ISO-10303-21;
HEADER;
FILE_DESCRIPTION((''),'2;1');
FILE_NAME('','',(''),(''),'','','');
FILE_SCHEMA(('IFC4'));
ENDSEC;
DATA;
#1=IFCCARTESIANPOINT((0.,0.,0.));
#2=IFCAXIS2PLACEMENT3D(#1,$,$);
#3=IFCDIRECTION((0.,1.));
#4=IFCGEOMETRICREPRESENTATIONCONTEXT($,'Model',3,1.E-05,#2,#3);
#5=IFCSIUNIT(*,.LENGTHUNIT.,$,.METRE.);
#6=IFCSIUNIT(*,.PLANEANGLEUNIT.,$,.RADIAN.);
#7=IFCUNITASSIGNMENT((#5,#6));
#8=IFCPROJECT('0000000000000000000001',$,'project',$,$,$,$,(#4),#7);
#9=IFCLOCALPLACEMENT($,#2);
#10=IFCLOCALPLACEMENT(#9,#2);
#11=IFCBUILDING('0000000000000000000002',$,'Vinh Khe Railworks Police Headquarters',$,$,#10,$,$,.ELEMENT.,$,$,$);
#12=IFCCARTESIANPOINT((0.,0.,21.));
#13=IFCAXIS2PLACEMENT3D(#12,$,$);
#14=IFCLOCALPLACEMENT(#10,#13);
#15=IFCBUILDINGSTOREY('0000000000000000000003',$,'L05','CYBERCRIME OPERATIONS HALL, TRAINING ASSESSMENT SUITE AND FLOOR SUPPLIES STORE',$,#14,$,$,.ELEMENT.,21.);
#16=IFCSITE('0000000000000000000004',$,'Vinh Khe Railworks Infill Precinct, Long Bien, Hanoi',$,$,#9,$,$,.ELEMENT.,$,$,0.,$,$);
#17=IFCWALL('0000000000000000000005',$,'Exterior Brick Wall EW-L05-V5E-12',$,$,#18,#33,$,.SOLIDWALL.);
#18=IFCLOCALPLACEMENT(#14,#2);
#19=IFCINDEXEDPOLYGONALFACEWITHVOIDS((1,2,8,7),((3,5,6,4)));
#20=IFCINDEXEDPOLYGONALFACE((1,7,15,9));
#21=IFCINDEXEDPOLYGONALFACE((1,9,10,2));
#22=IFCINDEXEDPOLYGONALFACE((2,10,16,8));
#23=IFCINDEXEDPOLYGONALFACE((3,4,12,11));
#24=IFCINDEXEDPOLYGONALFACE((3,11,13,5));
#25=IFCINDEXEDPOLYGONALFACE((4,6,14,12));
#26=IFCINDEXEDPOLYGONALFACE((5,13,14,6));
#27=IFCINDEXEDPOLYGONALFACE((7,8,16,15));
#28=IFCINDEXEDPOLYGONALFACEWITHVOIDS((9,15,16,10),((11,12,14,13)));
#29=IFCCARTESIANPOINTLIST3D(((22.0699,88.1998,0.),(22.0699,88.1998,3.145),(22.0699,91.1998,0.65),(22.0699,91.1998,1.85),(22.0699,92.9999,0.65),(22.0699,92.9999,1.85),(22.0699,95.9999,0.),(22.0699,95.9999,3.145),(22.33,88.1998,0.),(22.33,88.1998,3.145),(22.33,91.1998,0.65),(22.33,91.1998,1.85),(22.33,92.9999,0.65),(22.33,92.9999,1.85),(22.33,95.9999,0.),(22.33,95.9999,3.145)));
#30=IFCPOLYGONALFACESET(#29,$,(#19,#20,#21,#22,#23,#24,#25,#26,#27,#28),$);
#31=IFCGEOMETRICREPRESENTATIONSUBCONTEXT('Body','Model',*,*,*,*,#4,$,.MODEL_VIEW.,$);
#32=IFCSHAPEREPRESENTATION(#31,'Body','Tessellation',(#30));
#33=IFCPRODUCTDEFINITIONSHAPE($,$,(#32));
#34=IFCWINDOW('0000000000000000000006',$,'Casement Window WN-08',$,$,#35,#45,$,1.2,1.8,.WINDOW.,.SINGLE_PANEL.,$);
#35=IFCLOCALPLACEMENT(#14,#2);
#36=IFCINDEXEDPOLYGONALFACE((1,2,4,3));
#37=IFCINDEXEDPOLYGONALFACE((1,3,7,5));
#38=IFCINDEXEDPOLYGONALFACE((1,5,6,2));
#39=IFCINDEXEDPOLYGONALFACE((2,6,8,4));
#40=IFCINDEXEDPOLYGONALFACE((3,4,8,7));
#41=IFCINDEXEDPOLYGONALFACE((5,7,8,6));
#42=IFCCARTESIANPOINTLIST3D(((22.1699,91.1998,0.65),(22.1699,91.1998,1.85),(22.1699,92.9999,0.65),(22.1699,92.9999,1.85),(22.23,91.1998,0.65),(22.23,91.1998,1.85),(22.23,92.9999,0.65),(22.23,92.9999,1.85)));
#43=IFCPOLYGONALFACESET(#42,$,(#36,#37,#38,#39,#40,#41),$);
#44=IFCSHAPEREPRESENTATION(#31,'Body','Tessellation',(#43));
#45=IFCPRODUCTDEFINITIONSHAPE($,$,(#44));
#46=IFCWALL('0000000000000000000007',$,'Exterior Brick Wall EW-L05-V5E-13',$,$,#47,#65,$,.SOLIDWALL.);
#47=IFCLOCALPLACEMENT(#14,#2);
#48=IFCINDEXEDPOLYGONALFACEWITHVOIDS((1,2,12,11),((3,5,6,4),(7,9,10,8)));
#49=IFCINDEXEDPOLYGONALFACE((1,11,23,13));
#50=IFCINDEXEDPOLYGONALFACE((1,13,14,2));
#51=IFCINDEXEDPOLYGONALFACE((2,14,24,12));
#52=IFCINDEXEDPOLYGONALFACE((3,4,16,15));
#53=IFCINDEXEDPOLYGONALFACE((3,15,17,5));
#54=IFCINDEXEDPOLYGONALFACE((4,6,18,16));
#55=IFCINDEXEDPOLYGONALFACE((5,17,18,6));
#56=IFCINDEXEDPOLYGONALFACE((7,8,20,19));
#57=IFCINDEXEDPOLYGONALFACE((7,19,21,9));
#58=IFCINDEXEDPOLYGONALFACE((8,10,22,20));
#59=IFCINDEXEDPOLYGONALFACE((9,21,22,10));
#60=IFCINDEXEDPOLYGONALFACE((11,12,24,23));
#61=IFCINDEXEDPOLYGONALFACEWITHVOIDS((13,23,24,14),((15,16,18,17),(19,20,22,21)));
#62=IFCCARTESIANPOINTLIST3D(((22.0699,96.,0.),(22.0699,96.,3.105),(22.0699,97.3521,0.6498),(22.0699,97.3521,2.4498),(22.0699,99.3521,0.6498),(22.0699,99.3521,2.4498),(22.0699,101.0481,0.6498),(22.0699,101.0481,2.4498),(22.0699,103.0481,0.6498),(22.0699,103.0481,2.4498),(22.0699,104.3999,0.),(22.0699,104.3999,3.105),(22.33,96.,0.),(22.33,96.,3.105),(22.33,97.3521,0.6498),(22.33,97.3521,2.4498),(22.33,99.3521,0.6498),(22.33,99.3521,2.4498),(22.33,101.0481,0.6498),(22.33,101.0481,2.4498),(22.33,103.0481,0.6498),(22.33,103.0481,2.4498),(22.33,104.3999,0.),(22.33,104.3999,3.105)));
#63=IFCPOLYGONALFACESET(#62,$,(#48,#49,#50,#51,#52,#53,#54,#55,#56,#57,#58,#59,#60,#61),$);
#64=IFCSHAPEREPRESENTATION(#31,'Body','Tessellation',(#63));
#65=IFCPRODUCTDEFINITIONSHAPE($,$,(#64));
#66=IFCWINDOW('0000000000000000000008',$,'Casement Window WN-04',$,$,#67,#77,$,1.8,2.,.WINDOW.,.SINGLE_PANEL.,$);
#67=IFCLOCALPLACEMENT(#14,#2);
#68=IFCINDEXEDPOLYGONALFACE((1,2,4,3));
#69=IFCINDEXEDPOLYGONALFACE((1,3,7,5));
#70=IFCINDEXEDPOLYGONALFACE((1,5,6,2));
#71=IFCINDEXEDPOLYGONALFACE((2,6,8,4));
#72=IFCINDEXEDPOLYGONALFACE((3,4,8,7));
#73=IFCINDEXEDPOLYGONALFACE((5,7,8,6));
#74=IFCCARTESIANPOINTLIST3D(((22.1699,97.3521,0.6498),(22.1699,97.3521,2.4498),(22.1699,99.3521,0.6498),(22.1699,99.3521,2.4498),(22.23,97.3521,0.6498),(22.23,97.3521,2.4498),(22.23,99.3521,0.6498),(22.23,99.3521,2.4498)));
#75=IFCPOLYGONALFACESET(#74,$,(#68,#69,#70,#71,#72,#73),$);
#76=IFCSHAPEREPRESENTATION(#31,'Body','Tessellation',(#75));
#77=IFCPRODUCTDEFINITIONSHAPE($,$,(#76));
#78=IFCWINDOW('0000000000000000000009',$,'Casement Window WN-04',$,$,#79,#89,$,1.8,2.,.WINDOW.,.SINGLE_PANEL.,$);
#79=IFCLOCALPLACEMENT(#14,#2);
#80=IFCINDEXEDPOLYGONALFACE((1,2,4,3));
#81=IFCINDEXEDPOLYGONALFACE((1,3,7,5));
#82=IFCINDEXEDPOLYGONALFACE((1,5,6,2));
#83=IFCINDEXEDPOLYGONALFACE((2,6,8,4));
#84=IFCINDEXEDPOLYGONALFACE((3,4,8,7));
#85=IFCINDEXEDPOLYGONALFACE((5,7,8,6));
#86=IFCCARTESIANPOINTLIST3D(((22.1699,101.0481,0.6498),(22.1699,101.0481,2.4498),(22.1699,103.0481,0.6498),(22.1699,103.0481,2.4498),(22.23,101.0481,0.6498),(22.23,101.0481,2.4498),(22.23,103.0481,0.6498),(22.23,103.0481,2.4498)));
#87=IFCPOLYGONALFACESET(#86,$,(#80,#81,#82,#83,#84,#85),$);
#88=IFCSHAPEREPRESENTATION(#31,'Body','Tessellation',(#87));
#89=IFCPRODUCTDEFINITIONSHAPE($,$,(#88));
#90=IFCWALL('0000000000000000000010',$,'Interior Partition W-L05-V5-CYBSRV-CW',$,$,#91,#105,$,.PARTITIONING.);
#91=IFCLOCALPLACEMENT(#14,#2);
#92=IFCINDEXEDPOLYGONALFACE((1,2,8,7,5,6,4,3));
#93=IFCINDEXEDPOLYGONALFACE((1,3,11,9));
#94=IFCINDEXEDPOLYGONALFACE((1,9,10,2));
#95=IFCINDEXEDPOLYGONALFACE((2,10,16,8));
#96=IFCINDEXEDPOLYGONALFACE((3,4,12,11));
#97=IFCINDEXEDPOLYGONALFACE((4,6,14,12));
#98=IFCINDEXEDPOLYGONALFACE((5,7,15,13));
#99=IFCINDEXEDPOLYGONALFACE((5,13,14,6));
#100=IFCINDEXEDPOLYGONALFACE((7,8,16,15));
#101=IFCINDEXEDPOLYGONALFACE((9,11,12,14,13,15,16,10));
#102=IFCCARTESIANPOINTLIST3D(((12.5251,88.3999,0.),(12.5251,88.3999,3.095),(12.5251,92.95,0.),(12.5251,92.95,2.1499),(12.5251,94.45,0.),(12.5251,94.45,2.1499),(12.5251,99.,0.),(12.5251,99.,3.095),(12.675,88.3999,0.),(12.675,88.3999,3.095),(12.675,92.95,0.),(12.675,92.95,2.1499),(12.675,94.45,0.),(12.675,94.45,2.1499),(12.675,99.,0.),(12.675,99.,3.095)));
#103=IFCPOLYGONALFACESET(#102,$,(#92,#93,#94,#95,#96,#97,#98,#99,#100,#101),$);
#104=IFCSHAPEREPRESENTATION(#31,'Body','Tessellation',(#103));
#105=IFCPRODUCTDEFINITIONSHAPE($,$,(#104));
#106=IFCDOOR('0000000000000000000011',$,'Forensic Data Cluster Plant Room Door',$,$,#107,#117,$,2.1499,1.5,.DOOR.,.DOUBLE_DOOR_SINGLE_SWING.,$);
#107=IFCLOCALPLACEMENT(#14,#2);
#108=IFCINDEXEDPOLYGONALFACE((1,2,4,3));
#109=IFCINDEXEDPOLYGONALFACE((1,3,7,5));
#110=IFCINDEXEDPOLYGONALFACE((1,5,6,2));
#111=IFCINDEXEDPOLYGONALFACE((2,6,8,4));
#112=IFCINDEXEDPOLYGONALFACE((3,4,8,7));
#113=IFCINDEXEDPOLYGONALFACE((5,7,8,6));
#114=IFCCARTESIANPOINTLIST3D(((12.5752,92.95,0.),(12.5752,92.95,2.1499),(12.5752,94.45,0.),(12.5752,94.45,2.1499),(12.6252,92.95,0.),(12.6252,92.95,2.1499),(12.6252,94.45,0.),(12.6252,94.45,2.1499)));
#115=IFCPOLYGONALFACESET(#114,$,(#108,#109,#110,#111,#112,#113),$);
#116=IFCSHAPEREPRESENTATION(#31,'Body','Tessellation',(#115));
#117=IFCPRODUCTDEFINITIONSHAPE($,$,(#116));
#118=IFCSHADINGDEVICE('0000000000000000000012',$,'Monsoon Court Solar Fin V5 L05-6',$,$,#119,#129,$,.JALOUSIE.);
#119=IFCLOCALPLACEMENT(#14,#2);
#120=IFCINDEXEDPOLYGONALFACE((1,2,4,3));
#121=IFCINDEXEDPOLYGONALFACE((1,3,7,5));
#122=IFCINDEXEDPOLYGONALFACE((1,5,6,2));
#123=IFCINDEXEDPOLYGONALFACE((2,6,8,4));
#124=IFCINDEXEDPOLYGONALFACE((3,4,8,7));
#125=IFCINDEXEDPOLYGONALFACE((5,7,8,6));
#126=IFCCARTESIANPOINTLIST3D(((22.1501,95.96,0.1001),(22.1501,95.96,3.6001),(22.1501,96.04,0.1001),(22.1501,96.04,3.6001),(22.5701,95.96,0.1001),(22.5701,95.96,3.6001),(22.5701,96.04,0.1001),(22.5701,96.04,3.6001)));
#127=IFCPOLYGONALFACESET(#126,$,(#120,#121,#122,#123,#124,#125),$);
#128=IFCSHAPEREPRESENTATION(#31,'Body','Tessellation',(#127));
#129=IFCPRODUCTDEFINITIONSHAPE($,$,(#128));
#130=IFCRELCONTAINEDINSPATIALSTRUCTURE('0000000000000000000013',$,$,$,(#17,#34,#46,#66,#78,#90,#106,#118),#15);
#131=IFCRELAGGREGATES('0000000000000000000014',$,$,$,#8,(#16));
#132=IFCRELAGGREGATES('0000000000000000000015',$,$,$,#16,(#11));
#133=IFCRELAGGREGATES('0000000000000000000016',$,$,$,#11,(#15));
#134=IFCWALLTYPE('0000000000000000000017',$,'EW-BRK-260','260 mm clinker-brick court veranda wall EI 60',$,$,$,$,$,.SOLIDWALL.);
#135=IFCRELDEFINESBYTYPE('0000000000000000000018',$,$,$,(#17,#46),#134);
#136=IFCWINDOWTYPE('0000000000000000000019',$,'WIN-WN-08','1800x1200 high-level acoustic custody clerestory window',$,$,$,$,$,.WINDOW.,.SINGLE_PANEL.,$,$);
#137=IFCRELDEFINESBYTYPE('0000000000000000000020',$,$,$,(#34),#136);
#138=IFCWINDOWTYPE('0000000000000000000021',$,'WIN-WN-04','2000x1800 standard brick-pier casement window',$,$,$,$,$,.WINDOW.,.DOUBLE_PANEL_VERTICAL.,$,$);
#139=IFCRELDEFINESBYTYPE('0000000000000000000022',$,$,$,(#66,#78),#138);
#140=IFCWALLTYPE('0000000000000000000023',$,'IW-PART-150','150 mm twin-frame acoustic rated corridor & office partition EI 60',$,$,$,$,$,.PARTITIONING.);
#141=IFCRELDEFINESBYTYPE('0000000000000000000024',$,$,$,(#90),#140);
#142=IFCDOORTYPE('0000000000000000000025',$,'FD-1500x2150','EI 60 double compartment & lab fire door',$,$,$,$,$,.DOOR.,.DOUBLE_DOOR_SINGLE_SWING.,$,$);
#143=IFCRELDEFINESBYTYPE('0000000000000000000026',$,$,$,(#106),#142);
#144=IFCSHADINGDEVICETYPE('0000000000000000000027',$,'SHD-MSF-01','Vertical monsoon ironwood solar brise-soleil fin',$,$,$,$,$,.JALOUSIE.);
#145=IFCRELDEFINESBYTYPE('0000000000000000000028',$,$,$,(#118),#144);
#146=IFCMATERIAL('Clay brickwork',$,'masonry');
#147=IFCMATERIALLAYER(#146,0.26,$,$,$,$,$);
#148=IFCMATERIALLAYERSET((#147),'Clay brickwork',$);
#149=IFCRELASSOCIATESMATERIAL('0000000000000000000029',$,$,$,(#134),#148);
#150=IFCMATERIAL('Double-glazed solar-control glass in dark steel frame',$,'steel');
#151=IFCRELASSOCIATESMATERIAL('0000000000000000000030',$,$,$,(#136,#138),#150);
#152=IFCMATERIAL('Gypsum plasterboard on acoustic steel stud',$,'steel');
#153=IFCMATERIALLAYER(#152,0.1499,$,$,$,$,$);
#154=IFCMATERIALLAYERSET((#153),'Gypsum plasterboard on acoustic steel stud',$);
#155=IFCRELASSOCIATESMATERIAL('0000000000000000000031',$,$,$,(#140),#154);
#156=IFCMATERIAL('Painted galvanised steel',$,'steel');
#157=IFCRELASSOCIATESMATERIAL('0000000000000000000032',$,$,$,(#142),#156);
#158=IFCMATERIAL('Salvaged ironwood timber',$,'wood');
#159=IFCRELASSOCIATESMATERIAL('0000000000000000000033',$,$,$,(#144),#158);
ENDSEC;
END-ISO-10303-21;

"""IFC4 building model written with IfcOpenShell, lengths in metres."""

from ifc_helpers import new_model, si_unit, direction, frame, frame_2d, origin, origin_2d, place, context, subcontext, project, spatial, rectangle, extrude, material, layer, layer_set, type_object, element, fill, save


model = new_model("IFC4")

# Units and contexts
model_context = context("Model", 3, precision=1e-05, world=origin(), true_north=direction((0.0, 1.0)))
body_context = subcontext(model_context, "Body", "Model", "MODEL_VIEW")
ifc_project = project(units=[si_unit("LENGTHUNIT", "METRE"), si_unit("PLANEANGLEUNIT", "RADIAN")], contexts=[model_context])

# Site, building, storey
site_placement = place(None, origin())
site = spatial("IfcSite", under=ifc_project, at=site_placement, Name="Vinh Khe Railworks Infill Precinct, Long Bien, Hanoi", CompositionType="ELEMENT", RefElevation=0.0)
building_placement = place(site_placement, origin())
building = spatial("IfcBuilding", under=site, at=building_placement, Name="Vinh Khe Railworks Police Headquarters", CompositionType="ELEMENT")
storey_placement = place(building_placement, frame((0.0, 0.0, 21.0)))
storey = spatial("IfcBuildingStorey", under=building, at=storey_placement, Name="L05", Description="CYBERCRIME OPERATIONS HALL, TRAINING ASSESSMENT SUITE AND FLOOR SUPPLIES STORE", CompositionType="ELEMENT", Elevation=21.0)

# Wall, opening, window
ifc_material_1 = material(Name="Clay brickwork", Category="masonry")
ifc_layer_1 = layer(ifc_material_1, 0.26)
ifc_layer_set_1 = layer_set([ifc_layer_1], Name="Clay brickwork")
wall_type_1 = type_object("IfcWallType", Name="EW-BRK-260", Description="260 mm clinker-brick court veranda wall EI 60", PredefinedType="SOLIDWALL", material=ifc_layer_set_1)
wall_1_placement = place(storey_placement, frame((22.2, 88.2, 0.0), z_axis=(0.0, 0.0, 1.0), x_axis=(0.0, 1.0, 0.0)))
wall_1 = element("IfcWall", 1, at=wall_1_placement, inside=storey, type_object=wall_type_1, Name="Exterior Brick Wall EW-L05-V5E-12", PredefinedType="SOLIDWALL", context=body_context, shape_type="SweptSolid", body=[
    extrude(rectangle(XDim=7.8, YDim=0.26, at=frame_2d((3.8999, 0.0))), origin(), (0.0, 0.0, 1.0), 3.145),
])
opening_1_placement = place(wall_1_placement, frame((3.0, 0.0, 0.6499)))
opening_1 = element("IfcOpeningElement", 2, at=opening_1_placement, cuts=wall_1, PredefinedType="OPENING", context=body_context, shape_type="SweptSolid", body=[
    extrude(rectangle(XDim=1.8, YDim=1.2, at=frame_2d((0.8999, 0.6001))), frame((0.0, 0.145, 0.0), z_axis=(0.0, -1.0, 0.0), x_axis=(1.0, 0.0, 0.0)), (0.0, 0.0, 1.0), 0.2898),
])
ifc_material_2 = material(Name="Double-glazed solar-control glass in dark steel frame", Category="steel")
window_type_1 = type_object("IfcWindowType", Name="WIN-WN-08", Description="1800x1200 high-level acoustic custody clerestory window", PartitioningType="SINGLE_PANEL", PredefinedType="WINDOW", material=ifc_material_2)
window_1_placement = place(opening_1_placement, origin())
window_1 = element("IfcWindow", 3, at=window_1_placement, inside=storey, type_object=window_type_1, Name="Casement Window WN-08", OverallHeight=1.2, OverallWidth=1.8, PartitioningType="SINGLE_PANEL", PredefinedType="WINDOW", context=body_context, shape_type="SweptSolid", body=[
    extrude(rectangle(XDim=1.8, YDim=1.2, at=frame_2d((0.8999, 0.6001))), frame((0.0, 0.03, 0.0), z_axis=(0.0, -1.0, 0.0), x_axis=(1.0, 0.0, 0.0)), (0.0, 0.0, 1.0), 0.0601),
])
fill(opening_1, window_1)

# Wall, openings, windows
wall_2_placement = place(storey_placement, frame((22.2, 96.0, 0.0), z_axis=(0.0, 0.0, 1.0), x_axis=(0.0, 1.0, 0.0)))
wall_2 = element("IfcWall", 4, at=wall_2_placement, inside=storey, type_object=wall_type_1, Name="Exterior Brick Wall EW-L05-V5E-13", PredefinedType="SOLIDWALL", context=body_context, shape_type="SweptSolid", body=[
    extrude(rectangle(XDim=8.3999, YDim=0.26, at=frame_2d((4.2, 0.0))), origin(), (0.0, 0.0, 1.0), 3.105),
])
opening_2_placement = place(wall_2_placement, frame((1.3521, 0.0, 0.6499)))
opening_2 = element("IfcOpeningElement", 5, at=opening_2_placement, cuts=wall_2, PredefinedType="OPENING", context=body_context, shape_type="SweptSolid", body=[
    extrude(rectangle(XDim=2.0, YDim=1.8, at=frame_2d((1.0, 0.8999))), frame((0.0, 0.145, 0.0), z_axis=(0.0, -1.0, 0.0), x_axis=(1.0, 0.0, 0.0)), (0.0, 0.0, 1.0), 0.2898),
])
opening_3_placement = place(wall_2_placement, frame((5.0481, 0.0, 0.6499)))
opening_3 = element("IfcOpeningElement", 6, at=opening_3_placement, cuts=wall_2, PredefinedType="OPENING", context=body_context, shape_type="SweptSolid", body=[
    extrude(rectangle(XDim=2.0, YDim=1.8, at=frame_2d((1.0, 0.8999))), frame((0.0, 0.145, 0.0), z_axis=(0.0, -1.0, 0.0), x_axis=(1.0, 0.0, 0.0)), (0.0, 0.0, 1.0), 0.2898),
])
window_type_2 = type_object("IfcWindowType", Name="WIN-WN-04", Description="2000x1800 standard brick-pier casement window", PartitioningType="DOUBLE_PANEL_VERTICAL", PredefinedType="WINDOW", material=ifc_material_2)
window_2_placement = place(opening_2_placement, origin())
window_2 = element("IfcWindow", 7, at=window_2_placement, inside=storey, type_object=window_type_2, Name="Casement Window WN-04", OverallHeight=1.8, OverallWidth=2.0, PartitioningType="SINGLE_PANEL", PredefinedType="WINDOW", context=body_context, shape_type="SweptSolid", body=[
    extrude(rectangle(XDim=2.0, YDim=1.8, at=frame_2d((1.0, 0.8999))), frame((0.0, 0.03, 0.0), z_axis=(0.0, -1.0, 0.0), x_axis=(1.0, 0.0, 0.0)), (0.0, 0.0, 1.0), 0.0601),
])
fill(opening_2, window_2)
window_3_placement = place(opening_3_placement, origin())
window_3 = element("IfcWindow", 8, at=window_3_placement, inside=storey, type_object=window_type_2, Name="Casement Window WN-04", OverallHeight=1.8, OverallWidth=2.0, PartitioningType="SINGLE_PANEL", PredefinedType="WINDOW", context=body_context, shape_type="SweptSolid", body=[
    extrude(rectangle(XDim=2.0, YDim=1.8, at=frame_2d((1.0, 0.8999))), frame((0.0, 0.03, 0.0), z_axis=(0.0, -1.0, 0.0), x_axis=(1.0, 0.0, 0.0)), (0.0, 0.0, 1.0), 0.0601),
])
fill(opening_3, window_3)

# Wall, opening, door
ifc_material_3 = material(Name="Gypsum plasterboard on acoustic steel stud", Category="steel")
ifc_layer_2 = layer(ifc_material_3, 0.1499)
ifc_layer_set_2 = layer_set([ifc_layer_2], Name="Gypsum plasterboard on acoustic steel stud")
wall_type_2 = type_object("IfcWallType", Name="IW-PART-150", Description="150 mm twin-frame acoustic rated corridor & office partition EI 60", PredefinedType="PARTITIONING", material=ifc_layer_set_2)
wall_3_placement = place(storey_placement, frame((12.6001, 88.3999, 0.0), z_axis=(0.0, 0.0, 1.0), x_axis=(0.0, 1.0, 0.0)))
wall_3 = element("IfcWall", 9, at=wall_3_placement, inside=storey, type_object=wall_type_2, Name="Interior Partition W-L05-V5-CYBSRV-CW", PredefinedType="PARTITIONING", context=body_context, shape_type="SweptSolid", body=[
    extrude(rectangle(XDim=10.6001, YDim=0.1499, at=frame_2d((5.3, 0.0))), origin(), (0.0, 0.0, 1.0), 3.095),
])
opening_4_placement = place(wall_3_placement, frame((4.55, 0.0, 0.0)))
opening_4 = element("IfcOpeningElement", 10, at=opening_4_placement, cuts=wall_3, PredefinedType="OPENING", context=body_context, shape_type="SweptSolid", body=[
    extrude(rectangle(XDim=1.5, YDim=2.1499, at=frame_2d((0.75, 1.075))), frame((0.0, 0.0898, 0.0), z_axis=(0.0, -1.0, 0.0), x_axis=(1.0, 0.0, 0.0)), (0.0, 0.0, 1.0), 0.1797),
])
ifc_material_4 = material(Name="Painted galvanised steel", Category="steel")
door_type = type_object("IfcDoorType", Name="FD-1500x2150", Description="EI 60 double compartment & lab fire door", OperationType="DOUBLE_DOOR_SINGLE_SWING", PredefinedType="DOOR", material=ifc_material_4)
door_placement = place(opening_4_placement, origin())
door = element("IfcDoor", 11, at=door_placement, inside=storey, type_object=door_type, Name="Forensic Data Cluster Plant Room Door", OperationType="DOUBLE_DOOR_SINGLE_SWING", OverallHeight=2.1499, OverallWidth=1.5, PredefinedType="DOOR", context=body_context, shape_type="SweptSolid", body=[
    extrude(rectangle(XDim=1.5, YDim=2.1499, at=frame_2d((0.75, 1.075))), frame((0.0, 0.0249, 0.0), z_axis=(0.0, -1.0, 0.0), x_axis=(1.0, 0.0, 0.0)), (0.0, 0.0, 1.0), 0.05),
])
fill(opening_4, door)

# Shading device
ifc_material_5 = material(Name="Salvaged ironwood timber", Category="wood")
shading_device_type = type_object("IfcShadingDeviceType", Name="SHD-MSF-01", Description="Vertical monsoon ironwood solar brise-soleil fin", PredefinedType="JALOUSIE", material=ifc_material_5)
shading_device_placement = place(storey_placement, frame((22.3601, 96.0, 0.1001), z_axis=(0.0, 0.0, 1.0), x_axis=(1.0, 0.0, 0.0)))
element("IfcShadingDevice", 12, at=shading_device_placement, inside=storey, type_object=shading_device_type, Name="Monsoon Court Solar Fin V5 L05-6", PredefinedType="JALOUSIE", context=body_context, shape_type="SweptSolid", body=[
    extrude(rectangle(XDim=0.4199, YDim=0.0801, at=origin_2d()), origin(), (0.0, 0.0, 1.0), 3.5),
])

save(model, "model.ifc")
